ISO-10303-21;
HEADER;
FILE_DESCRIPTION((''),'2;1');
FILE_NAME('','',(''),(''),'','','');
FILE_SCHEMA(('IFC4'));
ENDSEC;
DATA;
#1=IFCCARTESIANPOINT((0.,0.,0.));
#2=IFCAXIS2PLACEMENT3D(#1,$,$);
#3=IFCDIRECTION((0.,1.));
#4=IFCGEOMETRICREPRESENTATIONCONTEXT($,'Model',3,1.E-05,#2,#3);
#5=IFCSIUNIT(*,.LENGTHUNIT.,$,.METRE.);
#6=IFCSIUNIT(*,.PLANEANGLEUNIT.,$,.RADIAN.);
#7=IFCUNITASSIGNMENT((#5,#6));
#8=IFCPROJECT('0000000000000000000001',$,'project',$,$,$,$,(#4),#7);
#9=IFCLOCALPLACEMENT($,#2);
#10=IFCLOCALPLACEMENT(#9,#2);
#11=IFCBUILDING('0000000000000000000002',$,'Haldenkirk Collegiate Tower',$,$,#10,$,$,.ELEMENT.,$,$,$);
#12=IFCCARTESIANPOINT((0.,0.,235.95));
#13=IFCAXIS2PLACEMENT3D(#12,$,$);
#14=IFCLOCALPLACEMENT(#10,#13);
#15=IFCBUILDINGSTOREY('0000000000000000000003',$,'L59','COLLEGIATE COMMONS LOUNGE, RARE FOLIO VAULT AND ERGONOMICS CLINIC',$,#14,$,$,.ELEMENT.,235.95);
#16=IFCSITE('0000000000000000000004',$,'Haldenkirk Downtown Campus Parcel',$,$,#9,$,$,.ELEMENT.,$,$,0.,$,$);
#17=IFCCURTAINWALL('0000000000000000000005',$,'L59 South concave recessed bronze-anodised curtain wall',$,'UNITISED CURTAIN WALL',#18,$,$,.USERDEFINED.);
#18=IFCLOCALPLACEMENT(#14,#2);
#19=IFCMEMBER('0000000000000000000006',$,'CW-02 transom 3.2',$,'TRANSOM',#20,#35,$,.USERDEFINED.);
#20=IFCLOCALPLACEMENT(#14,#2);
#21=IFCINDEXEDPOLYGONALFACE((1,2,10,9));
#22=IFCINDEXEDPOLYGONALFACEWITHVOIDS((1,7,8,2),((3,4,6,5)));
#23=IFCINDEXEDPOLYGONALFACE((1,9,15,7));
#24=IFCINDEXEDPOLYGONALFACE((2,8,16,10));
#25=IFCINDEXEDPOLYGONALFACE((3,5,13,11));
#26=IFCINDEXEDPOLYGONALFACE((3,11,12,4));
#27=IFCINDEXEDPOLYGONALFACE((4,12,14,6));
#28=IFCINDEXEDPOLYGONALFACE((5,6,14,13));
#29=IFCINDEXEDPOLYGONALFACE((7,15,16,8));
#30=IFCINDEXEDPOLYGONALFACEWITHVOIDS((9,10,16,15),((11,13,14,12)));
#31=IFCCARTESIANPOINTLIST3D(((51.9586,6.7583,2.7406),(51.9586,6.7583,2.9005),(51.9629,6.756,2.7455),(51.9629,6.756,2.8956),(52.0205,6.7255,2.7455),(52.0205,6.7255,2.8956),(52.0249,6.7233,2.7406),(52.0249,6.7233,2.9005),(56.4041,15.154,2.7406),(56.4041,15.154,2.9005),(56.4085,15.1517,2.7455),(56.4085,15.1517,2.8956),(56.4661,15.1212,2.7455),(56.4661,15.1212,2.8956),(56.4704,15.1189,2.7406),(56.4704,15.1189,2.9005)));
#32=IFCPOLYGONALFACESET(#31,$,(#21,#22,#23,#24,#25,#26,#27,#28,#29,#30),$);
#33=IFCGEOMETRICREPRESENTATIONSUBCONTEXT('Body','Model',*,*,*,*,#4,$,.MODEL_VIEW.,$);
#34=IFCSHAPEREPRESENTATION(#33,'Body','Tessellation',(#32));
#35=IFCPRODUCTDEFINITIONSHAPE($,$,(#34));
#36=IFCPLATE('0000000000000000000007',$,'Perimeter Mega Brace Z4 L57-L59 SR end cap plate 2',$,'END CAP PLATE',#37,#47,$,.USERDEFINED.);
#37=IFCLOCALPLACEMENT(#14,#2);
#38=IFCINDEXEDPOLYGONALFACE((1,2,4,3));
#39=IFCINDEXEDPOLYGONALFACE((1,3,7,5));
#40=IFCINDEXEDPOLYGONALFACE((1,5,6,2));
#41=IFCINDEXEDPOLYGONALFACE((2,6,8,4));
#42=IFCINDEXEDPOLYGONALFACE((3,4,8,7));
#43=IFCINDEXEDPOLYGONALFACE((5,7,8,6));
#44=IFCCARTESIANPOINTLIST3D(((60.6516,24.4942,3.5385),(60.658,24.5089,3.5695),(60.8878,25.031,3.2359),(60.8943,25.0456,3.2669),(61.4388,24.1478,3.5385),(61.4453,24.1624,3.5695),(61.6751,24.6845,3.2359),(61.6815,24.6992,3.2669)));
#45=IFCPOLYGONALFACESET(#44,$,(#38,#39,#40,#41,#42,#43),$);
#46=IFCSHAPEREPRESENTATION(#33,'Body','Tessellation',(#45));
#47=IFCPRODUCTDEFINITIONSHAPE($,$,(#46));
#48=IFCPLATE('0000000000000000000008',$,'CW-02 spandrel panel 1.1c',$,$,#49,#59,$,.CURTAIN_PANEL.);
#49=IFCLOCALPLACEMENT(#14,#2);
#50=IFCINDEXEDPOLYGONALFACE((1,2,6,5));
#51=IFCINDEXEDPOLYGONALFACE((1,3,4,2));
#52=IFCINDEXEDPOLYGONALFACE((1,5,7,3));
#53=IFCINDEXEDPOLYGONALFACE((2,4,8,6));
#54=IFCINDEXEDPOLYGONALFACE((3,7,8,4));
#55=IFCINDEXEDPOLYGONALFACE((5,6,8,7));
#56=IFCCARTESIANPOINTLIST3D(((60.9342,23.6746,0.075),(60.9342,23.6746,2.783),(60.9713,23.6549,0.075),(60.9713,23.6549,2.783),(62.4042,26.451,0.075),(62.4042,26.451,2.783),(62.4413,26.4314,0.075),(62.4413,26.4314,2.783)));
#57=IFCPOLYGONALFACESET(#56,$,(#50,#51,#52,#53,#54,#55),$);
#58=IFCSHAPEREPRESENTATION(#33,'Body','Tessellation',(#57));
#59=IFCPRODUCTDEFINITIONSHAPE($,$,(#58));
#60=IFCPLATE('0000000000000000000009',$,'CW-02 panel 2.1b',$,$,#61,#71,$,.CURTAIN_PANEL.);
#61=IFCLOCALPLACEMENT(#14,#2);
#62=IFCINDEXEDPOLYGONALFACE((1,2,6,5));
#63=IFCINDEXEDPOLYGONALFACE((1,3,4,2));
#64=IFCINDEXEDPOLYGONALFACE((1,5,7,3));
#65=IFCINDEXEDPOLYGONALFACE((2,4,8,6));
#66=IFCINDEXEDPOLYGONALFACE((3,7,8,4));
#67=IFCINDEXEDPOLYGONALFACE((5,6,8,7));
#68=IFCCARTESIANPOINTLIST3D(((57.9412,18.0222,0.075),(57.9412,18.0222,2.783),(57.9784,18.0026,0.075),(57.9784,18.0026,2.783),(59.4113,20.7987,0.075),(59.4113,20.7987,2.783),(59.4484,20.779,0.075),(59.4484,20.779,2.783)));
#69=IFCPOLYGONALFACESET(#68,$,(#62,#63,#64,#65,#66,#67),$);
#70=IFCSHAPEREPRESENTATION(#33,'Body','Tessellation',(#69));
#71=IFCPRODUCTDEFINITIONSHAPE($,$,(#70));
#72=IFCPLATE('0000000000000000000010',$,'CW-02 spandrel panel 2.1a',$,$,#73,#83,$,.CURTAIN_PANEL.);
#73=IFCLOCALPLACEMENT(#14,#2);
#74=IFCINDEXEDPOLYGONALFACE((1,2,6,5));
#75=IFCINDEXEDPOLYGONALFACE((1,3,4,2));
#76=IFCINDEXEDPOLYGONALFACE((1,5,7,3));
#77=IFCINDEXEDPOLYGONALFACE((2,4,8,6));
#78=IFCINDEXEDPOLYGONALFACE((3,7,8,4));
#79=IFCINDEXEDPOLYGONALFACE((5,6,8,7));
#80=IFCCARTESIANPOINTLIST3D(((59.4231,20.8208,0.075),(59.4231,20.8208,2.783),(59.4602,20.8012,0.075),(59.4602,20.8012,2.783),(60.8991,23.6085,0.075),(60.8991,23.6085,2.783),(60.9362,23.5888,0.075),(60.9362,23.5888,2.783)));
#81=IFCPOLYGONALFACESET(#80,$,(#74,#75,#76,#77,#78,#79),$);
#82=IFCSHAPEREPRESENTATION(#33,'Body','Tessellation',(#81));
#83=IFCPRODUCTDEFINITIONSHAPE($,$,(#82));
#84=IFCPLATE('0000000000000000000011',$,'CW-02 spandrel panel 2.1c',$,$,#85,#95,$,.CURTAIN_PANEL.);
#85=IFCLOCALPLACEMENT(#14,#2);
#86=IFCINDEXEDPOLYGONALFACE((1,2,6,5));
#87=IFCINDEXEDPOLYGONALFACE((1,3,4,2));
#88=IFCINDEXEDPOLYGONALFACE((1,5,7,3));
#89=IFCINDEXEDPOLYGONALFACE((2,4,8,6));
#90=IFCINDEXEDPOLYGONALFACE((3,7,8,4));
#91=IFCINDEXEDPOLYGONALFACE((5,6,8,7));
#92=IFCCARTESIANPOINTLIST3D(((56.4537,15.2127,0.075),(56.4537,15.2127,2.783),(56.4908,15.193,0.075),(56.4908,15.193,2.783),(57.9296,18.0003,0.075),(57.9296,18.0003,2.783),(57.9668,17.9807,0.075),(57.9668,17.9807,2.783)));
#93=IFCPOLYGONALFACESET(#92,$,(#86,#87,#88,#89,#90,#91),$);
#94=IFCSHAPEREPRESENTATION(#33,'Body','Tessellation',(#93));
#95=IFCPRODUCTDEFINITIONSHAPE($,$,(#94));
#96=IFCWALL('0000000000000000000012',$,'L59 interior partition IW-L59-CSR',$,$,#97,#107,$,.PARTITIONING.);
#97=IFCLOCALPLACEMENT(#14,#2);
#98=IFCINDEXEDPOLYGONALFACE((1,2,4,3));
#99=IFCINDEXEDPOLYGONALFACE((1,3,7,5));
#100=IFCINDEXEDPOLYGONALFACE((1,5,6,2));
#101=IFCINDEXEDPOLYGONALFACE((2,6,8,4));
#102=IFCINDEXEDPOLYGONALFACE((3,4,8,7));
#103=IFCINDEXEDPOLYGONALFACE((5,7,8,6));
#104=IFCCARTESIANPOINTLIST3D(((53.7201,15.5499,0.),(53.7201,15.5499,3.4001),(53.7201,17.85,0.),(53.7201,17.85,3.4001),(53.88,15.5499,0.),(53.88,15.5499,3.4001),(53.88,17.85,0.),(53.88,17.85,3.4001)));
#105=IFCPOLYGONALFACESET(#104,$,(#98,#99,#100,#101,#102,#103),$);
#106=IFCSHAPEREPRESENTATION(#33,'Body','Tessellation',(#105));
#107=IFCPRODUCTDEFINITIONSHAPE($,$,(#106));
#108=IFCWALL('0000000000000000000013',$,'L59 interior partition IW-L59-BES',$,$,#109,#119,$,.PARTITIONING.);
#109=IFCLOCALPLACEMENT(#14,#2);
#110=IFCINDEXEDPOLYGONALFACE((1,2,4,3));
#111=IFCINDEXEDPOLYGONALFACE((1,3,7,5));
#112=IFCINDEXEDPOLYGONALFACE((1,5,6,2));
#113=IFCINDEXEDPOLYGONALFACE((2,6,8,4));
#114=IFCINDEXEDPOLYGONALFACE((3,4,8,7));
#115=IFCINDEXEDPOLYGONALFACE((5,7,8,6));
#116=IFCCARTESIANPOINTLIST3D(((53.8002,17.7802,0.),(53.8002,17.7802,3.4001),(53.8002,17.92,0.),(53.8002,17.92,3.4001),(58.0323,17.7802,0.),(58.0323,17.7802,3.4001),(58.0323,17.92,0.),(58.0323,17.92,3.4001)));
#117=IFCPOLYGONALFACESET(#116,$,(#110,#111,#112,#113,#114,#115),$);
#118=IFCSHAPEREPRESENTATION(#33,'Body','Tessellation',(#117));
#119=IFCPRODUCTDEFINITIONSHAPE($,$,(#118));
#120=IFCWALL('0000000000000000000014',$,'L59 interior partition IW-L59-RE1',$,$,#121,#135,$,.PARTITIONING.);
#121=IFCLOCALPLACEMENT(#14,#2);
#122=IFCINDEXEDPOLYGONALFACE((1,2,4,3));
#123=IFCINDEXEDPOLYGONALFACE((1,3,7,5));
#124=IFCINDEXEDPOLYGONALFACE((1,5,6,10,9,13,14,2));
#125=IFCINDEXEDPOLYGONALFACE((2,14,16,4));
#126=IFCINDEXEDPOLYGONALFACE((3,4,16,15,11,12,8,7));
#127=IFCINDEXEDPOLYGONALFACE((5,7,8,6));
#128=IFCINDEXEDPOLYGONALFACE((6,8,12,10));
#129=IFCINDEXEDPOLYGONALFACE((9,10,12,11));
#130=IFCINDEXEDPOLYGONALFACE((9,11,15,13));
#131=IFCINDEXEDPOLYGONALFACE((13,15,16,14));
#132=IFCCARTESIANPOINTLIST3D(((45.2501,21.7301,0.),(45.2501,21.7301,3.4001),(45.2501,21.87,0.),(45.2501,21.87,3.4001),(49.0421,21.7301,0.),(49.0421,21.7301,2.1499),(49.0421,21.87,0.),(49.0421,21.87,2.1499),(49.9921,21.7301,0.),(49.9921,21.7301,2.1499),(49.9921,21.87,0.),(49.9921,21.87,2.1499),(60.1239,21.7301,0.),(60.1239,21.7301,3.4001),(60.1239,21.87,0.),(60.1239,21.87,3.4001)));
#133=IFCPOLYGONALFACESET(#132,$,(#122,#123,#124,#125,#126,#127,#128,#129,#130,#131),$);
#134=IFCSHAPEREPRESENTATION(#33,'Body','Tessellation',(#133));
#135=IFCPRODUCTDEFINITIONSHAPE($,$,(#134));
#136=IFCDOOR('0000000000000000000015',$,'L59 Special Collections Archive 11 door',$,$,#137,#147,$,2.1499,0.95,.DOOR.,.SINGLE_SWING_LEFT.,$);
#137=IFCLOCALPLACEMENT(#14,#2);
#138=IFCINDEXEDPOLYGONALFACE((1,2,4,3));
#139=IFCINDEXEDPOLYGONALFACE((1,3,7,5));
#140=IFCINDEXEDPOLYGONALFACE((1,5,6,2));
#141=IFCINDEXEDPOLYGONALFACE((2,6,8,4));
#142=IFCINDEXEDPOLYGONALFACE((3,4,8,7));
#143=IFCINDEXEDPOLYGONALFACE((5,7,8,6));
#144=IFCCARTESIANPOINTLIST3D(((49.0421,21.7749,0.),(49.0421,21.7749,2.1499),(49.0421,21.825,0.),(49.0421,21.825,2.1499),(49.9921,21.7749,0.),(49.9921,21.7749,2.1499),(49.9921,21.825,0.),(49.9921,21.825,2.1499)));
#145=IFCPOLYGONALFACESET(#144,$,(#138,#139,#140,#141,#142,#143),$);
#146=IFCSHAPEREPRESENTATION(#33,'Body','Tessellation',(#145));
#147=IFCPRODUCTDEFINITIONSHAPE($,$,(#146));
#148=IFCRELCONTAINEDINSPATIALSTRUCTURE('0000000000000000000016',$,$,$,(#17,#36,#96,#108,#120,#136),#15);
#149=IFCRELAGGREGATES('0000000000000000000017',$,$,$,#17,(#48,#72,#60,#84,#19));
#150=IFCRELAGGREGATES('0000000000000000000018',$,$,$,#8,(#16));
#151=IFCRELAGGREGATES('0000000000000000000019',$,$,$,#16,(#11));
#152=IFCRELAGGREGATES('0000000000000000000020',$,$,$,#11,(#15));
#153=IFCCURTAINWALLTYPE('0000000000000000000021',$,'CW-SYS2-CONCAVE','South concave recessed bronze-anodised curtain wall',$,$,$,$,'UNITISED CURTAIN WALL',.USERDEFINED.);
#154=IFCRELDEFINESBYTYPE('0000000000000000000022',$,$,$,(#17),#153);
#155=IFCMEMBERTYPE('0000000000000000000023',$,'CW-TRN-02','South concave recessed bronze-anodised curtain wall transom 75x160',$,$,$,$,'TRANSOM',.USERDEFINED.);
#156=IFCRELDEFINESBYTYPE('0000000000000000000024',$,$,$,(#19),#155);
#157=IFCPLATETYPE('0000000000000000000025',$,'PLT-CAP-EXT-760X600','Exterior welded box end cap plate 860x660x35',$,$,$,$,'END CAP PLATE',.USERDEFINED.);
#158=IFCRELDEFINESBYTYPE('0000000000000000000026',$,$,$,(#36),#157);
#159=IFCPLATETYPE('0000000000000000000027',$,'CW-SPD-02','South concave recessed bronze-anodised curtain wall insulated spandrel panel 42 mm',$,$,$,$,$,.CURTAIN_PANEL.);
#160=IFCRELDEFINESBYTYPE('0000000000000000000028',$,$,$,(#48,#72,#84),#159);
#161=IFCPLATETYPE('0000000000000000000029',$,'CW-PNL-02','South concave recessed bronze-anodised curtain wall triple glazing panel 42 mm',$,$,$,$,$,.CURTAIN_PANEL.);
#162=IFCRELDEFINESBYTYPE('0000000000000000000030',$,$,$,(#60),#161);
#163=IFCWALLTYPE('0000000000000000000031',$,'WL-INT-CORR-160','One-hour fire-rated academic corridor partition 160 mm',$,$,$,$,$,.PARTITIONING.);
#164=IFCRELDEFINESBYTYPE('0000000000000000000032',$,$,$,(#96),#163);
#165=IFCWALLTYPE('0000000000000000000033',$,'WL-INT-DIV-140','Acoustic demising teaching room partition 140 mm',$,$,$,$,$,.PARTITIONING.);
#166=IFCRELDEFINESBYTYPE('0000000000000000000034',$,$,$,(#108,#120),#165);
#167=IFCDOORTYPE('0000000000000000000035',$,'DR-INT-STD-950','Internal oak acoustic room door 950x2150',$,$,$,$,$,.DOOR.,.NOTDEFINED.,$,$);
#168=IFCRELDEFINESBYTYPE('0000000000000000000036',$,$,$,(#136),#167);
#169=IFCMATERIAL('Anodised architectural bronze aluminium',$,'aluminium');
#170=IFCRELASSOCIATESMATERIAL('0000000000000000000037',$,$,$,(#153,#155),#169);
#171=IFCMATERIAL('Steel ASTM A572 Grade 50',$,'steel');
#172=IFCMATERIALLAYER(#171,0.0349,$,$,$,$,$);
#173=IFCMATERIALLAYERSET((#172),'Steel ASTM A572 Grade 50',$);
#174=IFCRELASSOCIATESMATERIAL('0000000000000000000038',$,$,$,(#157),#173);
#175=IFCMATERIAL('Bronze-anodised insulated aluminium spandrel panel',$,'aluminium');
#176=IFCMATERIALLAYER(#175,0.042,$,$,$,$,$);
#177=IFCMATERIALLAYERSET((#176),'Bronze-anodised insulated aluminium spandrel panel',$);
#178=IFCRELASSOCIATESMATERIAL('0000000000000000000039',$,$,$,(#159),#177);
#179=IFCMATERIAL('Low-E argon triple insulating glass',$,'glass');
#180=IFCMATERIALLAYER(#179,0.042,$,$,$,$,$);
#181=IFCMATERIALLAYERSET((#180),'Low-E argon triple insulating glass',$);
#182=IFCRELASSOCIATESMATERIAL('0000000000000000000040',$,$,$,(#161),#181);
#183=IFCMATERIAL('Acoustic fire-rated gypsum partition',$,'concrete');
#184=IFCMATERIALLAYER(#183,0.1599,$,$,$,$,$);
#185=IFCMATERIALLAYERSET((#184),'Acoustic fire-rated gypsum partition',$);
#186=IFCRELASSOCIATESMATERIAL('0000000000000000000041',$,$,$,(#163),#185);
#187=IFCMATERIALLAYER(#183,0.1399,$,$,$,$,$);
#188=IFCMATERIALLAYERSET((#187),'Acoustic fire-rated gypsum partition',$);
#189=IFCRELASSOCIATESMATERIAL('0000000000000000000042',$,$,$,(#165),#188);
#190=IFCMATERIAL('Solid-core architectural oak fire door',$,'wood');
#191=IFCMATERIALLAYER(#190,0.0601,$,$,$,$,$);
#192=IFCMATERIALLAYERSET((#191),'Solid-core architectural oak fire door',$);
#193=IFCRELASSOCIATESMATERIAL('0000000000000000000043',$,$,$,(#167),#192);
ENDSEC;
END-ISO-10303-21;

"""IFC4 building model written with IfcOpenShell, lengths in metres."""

from ifc_helpers import new_model, si_unit, direction, frame, frame_2d, origin, origin_2d, place, context, subcontext, project, spatial, rectangle, hollow_rectangle, extrude, source, transform, mapped, material, layer, layer_set, material_profile, profile_set, type_object, element, fill, aggregate, save


model = new_model("IFC4")

# Units and contexts
model_context = context("Model", 3, precision=1e-05, world=origin(), true_north=direction((0.0, 1.0)))
body_context = subcontext(model_context, "Body", "Model", "MODEL_VIEW")
ifc_project = project(units=[si_unit("LENGTHUNIT", "METRE"), si_unit("PLANEANGLEUNIT", "RADIAN")], contexts=[model_context])

# Site, building, storey
site_placement = place(None, origin())
site = spatial("IfcSite", under=ifc_project, at=site_placement, Name="Haldenkirk Downtown Campus Parcel", CompositionType="ELEMENT", RefElevation=0.0)
building_placement = place(site_placement, origin())
building = spatial("IfcBuilding", under=site, at=building_placement, Name="Haldenkirk Collegiate Tower", CompositionType="ELEMENT")
storey_placement = place(building_placement, frame((0.0, 0.0, 235.95)))
storey = spatial("IfcBuildingStorey", under=building, at=storey_placement, Name="L59", Description="COLLEGIATE COMMONS LOUNGE, RARE FOLIO VAULT AND ERGONOMICS CLINIC", CompositionType="ELEMENT", Elevation=235.95)

# Curtain wall, member
ifc_material_1 = material(Name="Anodised architectural bronze aluminium", Category="aluminium")
curtain_wall_type = type_object("IfcCurtainWallType", Name="CW-SYS2-CONCAVE", Description="South concave recessed bronze-anodised curtain wall", ElementType="UNITISED CURTAIN WALL", PredefinedType="USERDEFINED", material=ifc_material_1)
curtain_wall_placement = place(storey_placement, origin())
curtain_wall = element("IfcCurtainWall", 1, at=curtain_wall_placement, inside=storey, type_object=curtain_wall_type, Name="L59 South concave recessed bronze-anodised curtain wall", ObjectType="UNITISED CURTAIN WALL", PredefinedType="USERDEFINED")
ifc_material_profile_1 = material_profile(ifc_material_1, hollow_rectangle(XDim=0.075, YDim=0.1599, WallThickness=0.0049, at=origin_2d()), Name="CW-TRN-02")
ifc_profile_set_1 = profile_set([ifc_material_profile_1], Name="Anodised architectural bronze aluminium")
member_type_1 = type_object("IfcMemberType", Name="CW-TRN-02", Description="South concave recessed bronze-anodised curtain wall transom 75x160", ElementType="TRANSOM", PredefinedType="USERDEFINED", material=ifc_profile_set_1)
member_1_placement = place(storey_placement, frame((56.4373, 15.1365, 2.8206), z_axis=(-0.467949, -0.883755, 0.0), x_axis=(0.883755, -0.467949, 0.0)))
member_1 = element("IfcMember", 2, at=member_1_placement, type_object=member_type_1, Name="CW-02 transom 3.2", ObjectType="TRANSOM", PredefinedType="USERDEFINED", context=body_context, shape_type="SweptSolid", body=[
    extrude(hollow_rectangle(XDim=0.075, YDim=0.1599, WallThickness=0.0049, at=origin_2d()), origin(), (0.0, 0.0, 1.0), 9.5),
])

# Plates
ifc_material_2 = material(Name="Steel ASTM A572 Grade 50", Category="steel")
ifc_layer_1 = layer(ifc_material_2, 0.0349)
ifc_layer_set_1 = layer_set([ifc_layer_1], Name="Steel ASTM A572 Grade 50")
plate_type_1 = type_object("IfcPlateType", Name="PLT-CAP-EXT-760X600", Description="Exterior welded box end cap plate 860x660x35", ElementType="END CAP PLATE", PredefinedType="USERDEFINED", material=ifc_layer_set_1)
shared_shape_1 = source(origin(), body_context, "Body", "SweptSolid", [
    extrude(rectangle(XDim=0.8601, YDim=0.6599, at=origin_2d()), origin(), (0.0, 0.0, 1.0), 0.0349),
])
plate_1_placement = place(storey_placement, frame((61.1633, 24.5894, 3.3872), z_axis=(0.184724, 0.419739, 0.888648), x_axis=(-0.915284, 0.40281, 0.0)))
element("IfcPlate", 3, at=plate_1_placement, inside=storey, type_object=plate_type_1, Name="Perimeter Mega Brace Z4 L57-L59 SR end cap plate 2", ObjectType="END CAP PLATE", PredefinedType="USERDEFINED", context=body_context, shape_type="MappedRepresentation", body=[
    mapped(shared_shape_1, transform((0.0, 0.0, 0.0), x_axis=(1.0, 0.0, 0.0), y_axis=(0.0, 1.0, 0.0), z_axis=(0.0, 0.0, 1.0), scale=1.0)),
])
ifc_material_3 = material(Name="Bronze-anodised insulated aluminium spandrel panel", Category="aluminium")
ifc_layer_2 = layer(ifc_material_3, 0.042)
ifc_layer_set_2 = layer_set([ifc_layer_2], Name="Bronze-anodised insulated aluminium spandrel panel")
plate_type_2 = type_object("IfcPlateType", Name="CW-SPD-02", Description="South concave recessed bronze-anodised curtain wall insulated spandrel panel 42 mm", PredefinedType="CURTAIN_PANEL", material=ifc_layer_set_2)
shared_shape_2 = source(origin(), body_context, "Body", "SweptSolid", [
    extrude(rectangle(XDim=3.1416, YDim=0.042, at=origin_2d()), origin(), (0.0, 0.0, 1.0), 2.708),
])
plate_2_placement = place(storey_placement, frame((61.6877, 25.053, 0.075), z_axis=(0.0, 0.0, 1.0), x_axis=(-0.467932, -0.883765, 0.0)))
plate_2 = element("IfcPlate", 4, at=plate_2_placement, type_object=plate_type_2, Name="CW-02 spandrel panel 1.1c", PredefinedType="CURTAIN_PANEL", context=body_context, shape_type="MappedRepresentation", body=[
    mapped(shared_shape_2, transform((0.0, 0.0, 0.0), x_axis=(1.0, 0.0, 0.0), y_axis=(0.0, 1.0, 0.0), z_axis=(0.0, 0.0, 1.0), scale=1.0)),
])
ifc_material_4 = material(Name="Low-E argon triple insulating glass", Category="glass")
ifc_layer_3 = layer(ifc_material_4, 0.042)
ifc_layer_set_3 = layer_set([ifc_layer_3], Name="Low-E argon triple insulating glass")
plate_type_3 = type_object("IfcPlateType", Name="CW-PNL-02", Description="South concave recessed bronze-anodised curtain wall triple glazing panel 42 mm", PredefinedType="CURTAIN_PANEL", material=ifc_layer_set_3)
plate_3_placement = place(storey_placement, frame((58.6948, 19.4006, 0.075), z_axis=(0.0, 0.0, 1.0), x_axis=(-0.467932, -0.883765, 0.0)))
plate_3 = element("IfcPlate", 5, at=plate_3_placement, type_object=plate_type_3, Name="CW-02 panel 2.1b", PredefinedType="CURTAIN_PANEL", context=body_context, shape_type="MappedRepresentation", body=[
    mapped(shared_shape_2, transform((0.0, 0.0, 0.0), x_axis=(1.0, 0.0, 0.0), y_axis=(0.0, 1.0, 0.0), z_axis=(0.0, 0.0, 1.0), scale=1.0)),
])
shared_shape_3 = source(origin(), body_context, "Body", "SweptSolid", [
    extrude(rectangle(XDim=3.1543, YDim=0.042, at=origin_2d()), origin(), (0.0, 0.0, 1.0), 2.708),
])
plate_4_placement = place(storey_placement, frame((60.1797, 22.2048, 0.075), z_axis=(0.0, 0.0, 1.0), x_axis=(-0.467932, -0.883765, 0.0)))
plate_4 = element("IfcPlate", 6, at=plate_4_placement, type_object=plate_type_2, Name="CW-02 spandrel panel 2.1a", PredefinedType="CURTAIN_PANEL", context=body_context, shape_type="MappedRepresentation", body=[
    mapped(shared_shape_3, transform((0.0, 0.0, 0.0), x_axis=(1.0, 0.0, 0.0), y_axis=(0.0, 1.0, 0.0), z_axis=(0.0, 0.0, 1.0), scale=1.0)),
])
plate_5_placement = place(storey_placement, frame((57.2102, 16.5967, 0.075), z_axis=(0.0, 0.0, 1.0), x_axis=(-0.467932, -0.883765, 0.0)))
plate_5 = element("IfcPlate", 7, at=plate_5_placement, type_object=plate_type_2, Name="CW-02 spandrel panel 2.1c", PredefinedType="CURTAIN_PANEL", context=body_context, shape_type="MappedRepresentation", body=[
    mapped(shared_shape_3, transform((0.0, 0.0, 0.0), x_axis=(1.0, 0.0, 0.0), y_axis=(0.0, 1.0, 0.0), z_axis=(0.0, 0.0, 1.0), scale=1.0)),
])
aggregate(curtain_wall, [plate_2, plate_4, plate_3, plate_5, member_1])

# Walls
ifc_material_5 = material(Name="Acoustic fire-rated gypsum partition", Category="concrete")
ifc_layer_4 = layer(ifc_material_5, 0.1599)
ifc_layer_set_4 = layer_set([ifc_layer_4], Name="Acoustic fire-rated gypsum partition")
wall_type_1 = type_object("IfcWallType", Name="WL-INT-CORR-160", Description="One-hour fire-rated academic corridor partition 160 mm", PredefinedType="PARTITIONING", material=ifc_layer_set_4)
wall_1_placement = place(storey_placement, frame((53.8, 15.55, 0.0), z_axis=(0.0, 0.0, 1.0), x_axis=(0.0, 1.0, 0.0)))
element("IfcWall", 8, at=wall_1_placement, inside=storey, type_object=wall_type_1, Name="L59 interior partition IW-L59-CSR", PredefinedType="PARTITIONING", context=body_context, shape_type="SweptSolid", body=[
    extrude(rectangle(XDim=2.3, YDim=0.1599, at=frame_2d((1.1499, 0.0))), origin(), (0.0, 0.0, 1.0), 3.4001),
])
ifc_layer_5 = layer(ifc_material_5, 0.1399)
ifc_layer_set_5 = layer_set([ifc_layer_5], Name="Acoustic fire-rated gypsum partition")
wall_type_2 = type_object("IfcWallType", Name="WL-INT-DIV-140", Description="Acoustic demising teaching room partition 140 mm", PredefinedType="PARTITIONING", material=ifc_layer_set_5)
wall_2_placement = place(storey_placement, frame((53.8, 17.8501, 0.0), z_axis=(0.0, 0.0, 1.0), x_axis=(1.0, 0.0, 0.0)))
element("IfcWall", 9, at=wall_2_placement, inside=storey, type_object=wall_type_2, Name="L59 interior partition IW-L59-BES", PredefinedType="PARTITIONING", context=body_context, shape_type="SweptSolid", body=[
    extrude(rectangle(XDim=4.2322, YDim=0.1399, at=frame_2d((2.1162, 0.0))), origin(), (0.0, 0.0, 1.0), 3.4001),
])

# Wall, opening, door
wall_3_placement = place(storey_placement, frame((45.25, 21.8, 0.0), z_axis=(0.0, 0.0, 1.0), x_axis=(1.0, 0.0, 0.0)))
wall_3 = element("IfcWall", 10, at=wall_3_placement, inside=storey, type_object=wall_type_2, Name="L59 interior partition IW-L59-RE1", PredefinedType="PARTITIONING", context=body_context, shape_type="SweptSolid", body=[
    extrude(rectangle(XDim=14.8738, YDim=0.1399, at=frame_2d((7.437, 0.0))), origin(), (0.0, 0.0, 1.0), 3.4001),
])
opening_placement = place(wall_3_placement, frame((3.792, 0.0, 0.0)))
opening = element("IfcOpeningElement", 11, at=opening_placement, cuts=wall_3, PredefinedType="OPENING", context=body_context, shape_type="SweptSolid", body=[
    extrude(rectangle(XDim=0.95, YDim=2.1499, at=frame_2d((0.4751, 1.075))), frame((0.0, 0.0798, 0.0), z_axis=(0.0, -1.0, 0.0), x_axis=(1.0, 0.0, 0.0)), (0.0, 0.0, 1.0), 0.1599),
])
ifc_material_6 = material(Name="Solid-core architectural oak fire door", Category="wood")
ifc_layer_6 = layer(ifc_material_6, 0.0601)
ifc_layer_set_6 = layer_set([ifc_layer_6], Name="Solid-core architectural oak fire door")
door_type = type_object("IfcDoorType", Name="DR-INT-STD-950", Description="Internal oak acoustic room door 950x2150", OperationType="NOTDEFINED", PredefinedType="DOOR", material=ifc_layer_set_6)
door_placement = place(opening_placement, origin())
door = element("IfcDoor", 12, at=door_placement, inside=storey, type_object=door_type, Name="L59 Special Collections Archive 11 door", OperationType="SINGLE_SWING_LEFT", OverallHeight=2.1499, OverallWidth=0.95, PredefinedType="DOOR", context=body_context, shape_type="SweptSolid", body=[
    extrude(rectangle(XDim=0.95, YDim=2.1499, at=frame_2d((0.4751, 1.075))), frame((0.0, 0.0249, 0.0), z_axis=(0.0, -1.0, 0.0), x_axis=(1.0, 0.0, 0.0)), (0.0, 0.0, 1.0), 0.05),
])
fill(opening, door)

save(model, "model.ifc")
